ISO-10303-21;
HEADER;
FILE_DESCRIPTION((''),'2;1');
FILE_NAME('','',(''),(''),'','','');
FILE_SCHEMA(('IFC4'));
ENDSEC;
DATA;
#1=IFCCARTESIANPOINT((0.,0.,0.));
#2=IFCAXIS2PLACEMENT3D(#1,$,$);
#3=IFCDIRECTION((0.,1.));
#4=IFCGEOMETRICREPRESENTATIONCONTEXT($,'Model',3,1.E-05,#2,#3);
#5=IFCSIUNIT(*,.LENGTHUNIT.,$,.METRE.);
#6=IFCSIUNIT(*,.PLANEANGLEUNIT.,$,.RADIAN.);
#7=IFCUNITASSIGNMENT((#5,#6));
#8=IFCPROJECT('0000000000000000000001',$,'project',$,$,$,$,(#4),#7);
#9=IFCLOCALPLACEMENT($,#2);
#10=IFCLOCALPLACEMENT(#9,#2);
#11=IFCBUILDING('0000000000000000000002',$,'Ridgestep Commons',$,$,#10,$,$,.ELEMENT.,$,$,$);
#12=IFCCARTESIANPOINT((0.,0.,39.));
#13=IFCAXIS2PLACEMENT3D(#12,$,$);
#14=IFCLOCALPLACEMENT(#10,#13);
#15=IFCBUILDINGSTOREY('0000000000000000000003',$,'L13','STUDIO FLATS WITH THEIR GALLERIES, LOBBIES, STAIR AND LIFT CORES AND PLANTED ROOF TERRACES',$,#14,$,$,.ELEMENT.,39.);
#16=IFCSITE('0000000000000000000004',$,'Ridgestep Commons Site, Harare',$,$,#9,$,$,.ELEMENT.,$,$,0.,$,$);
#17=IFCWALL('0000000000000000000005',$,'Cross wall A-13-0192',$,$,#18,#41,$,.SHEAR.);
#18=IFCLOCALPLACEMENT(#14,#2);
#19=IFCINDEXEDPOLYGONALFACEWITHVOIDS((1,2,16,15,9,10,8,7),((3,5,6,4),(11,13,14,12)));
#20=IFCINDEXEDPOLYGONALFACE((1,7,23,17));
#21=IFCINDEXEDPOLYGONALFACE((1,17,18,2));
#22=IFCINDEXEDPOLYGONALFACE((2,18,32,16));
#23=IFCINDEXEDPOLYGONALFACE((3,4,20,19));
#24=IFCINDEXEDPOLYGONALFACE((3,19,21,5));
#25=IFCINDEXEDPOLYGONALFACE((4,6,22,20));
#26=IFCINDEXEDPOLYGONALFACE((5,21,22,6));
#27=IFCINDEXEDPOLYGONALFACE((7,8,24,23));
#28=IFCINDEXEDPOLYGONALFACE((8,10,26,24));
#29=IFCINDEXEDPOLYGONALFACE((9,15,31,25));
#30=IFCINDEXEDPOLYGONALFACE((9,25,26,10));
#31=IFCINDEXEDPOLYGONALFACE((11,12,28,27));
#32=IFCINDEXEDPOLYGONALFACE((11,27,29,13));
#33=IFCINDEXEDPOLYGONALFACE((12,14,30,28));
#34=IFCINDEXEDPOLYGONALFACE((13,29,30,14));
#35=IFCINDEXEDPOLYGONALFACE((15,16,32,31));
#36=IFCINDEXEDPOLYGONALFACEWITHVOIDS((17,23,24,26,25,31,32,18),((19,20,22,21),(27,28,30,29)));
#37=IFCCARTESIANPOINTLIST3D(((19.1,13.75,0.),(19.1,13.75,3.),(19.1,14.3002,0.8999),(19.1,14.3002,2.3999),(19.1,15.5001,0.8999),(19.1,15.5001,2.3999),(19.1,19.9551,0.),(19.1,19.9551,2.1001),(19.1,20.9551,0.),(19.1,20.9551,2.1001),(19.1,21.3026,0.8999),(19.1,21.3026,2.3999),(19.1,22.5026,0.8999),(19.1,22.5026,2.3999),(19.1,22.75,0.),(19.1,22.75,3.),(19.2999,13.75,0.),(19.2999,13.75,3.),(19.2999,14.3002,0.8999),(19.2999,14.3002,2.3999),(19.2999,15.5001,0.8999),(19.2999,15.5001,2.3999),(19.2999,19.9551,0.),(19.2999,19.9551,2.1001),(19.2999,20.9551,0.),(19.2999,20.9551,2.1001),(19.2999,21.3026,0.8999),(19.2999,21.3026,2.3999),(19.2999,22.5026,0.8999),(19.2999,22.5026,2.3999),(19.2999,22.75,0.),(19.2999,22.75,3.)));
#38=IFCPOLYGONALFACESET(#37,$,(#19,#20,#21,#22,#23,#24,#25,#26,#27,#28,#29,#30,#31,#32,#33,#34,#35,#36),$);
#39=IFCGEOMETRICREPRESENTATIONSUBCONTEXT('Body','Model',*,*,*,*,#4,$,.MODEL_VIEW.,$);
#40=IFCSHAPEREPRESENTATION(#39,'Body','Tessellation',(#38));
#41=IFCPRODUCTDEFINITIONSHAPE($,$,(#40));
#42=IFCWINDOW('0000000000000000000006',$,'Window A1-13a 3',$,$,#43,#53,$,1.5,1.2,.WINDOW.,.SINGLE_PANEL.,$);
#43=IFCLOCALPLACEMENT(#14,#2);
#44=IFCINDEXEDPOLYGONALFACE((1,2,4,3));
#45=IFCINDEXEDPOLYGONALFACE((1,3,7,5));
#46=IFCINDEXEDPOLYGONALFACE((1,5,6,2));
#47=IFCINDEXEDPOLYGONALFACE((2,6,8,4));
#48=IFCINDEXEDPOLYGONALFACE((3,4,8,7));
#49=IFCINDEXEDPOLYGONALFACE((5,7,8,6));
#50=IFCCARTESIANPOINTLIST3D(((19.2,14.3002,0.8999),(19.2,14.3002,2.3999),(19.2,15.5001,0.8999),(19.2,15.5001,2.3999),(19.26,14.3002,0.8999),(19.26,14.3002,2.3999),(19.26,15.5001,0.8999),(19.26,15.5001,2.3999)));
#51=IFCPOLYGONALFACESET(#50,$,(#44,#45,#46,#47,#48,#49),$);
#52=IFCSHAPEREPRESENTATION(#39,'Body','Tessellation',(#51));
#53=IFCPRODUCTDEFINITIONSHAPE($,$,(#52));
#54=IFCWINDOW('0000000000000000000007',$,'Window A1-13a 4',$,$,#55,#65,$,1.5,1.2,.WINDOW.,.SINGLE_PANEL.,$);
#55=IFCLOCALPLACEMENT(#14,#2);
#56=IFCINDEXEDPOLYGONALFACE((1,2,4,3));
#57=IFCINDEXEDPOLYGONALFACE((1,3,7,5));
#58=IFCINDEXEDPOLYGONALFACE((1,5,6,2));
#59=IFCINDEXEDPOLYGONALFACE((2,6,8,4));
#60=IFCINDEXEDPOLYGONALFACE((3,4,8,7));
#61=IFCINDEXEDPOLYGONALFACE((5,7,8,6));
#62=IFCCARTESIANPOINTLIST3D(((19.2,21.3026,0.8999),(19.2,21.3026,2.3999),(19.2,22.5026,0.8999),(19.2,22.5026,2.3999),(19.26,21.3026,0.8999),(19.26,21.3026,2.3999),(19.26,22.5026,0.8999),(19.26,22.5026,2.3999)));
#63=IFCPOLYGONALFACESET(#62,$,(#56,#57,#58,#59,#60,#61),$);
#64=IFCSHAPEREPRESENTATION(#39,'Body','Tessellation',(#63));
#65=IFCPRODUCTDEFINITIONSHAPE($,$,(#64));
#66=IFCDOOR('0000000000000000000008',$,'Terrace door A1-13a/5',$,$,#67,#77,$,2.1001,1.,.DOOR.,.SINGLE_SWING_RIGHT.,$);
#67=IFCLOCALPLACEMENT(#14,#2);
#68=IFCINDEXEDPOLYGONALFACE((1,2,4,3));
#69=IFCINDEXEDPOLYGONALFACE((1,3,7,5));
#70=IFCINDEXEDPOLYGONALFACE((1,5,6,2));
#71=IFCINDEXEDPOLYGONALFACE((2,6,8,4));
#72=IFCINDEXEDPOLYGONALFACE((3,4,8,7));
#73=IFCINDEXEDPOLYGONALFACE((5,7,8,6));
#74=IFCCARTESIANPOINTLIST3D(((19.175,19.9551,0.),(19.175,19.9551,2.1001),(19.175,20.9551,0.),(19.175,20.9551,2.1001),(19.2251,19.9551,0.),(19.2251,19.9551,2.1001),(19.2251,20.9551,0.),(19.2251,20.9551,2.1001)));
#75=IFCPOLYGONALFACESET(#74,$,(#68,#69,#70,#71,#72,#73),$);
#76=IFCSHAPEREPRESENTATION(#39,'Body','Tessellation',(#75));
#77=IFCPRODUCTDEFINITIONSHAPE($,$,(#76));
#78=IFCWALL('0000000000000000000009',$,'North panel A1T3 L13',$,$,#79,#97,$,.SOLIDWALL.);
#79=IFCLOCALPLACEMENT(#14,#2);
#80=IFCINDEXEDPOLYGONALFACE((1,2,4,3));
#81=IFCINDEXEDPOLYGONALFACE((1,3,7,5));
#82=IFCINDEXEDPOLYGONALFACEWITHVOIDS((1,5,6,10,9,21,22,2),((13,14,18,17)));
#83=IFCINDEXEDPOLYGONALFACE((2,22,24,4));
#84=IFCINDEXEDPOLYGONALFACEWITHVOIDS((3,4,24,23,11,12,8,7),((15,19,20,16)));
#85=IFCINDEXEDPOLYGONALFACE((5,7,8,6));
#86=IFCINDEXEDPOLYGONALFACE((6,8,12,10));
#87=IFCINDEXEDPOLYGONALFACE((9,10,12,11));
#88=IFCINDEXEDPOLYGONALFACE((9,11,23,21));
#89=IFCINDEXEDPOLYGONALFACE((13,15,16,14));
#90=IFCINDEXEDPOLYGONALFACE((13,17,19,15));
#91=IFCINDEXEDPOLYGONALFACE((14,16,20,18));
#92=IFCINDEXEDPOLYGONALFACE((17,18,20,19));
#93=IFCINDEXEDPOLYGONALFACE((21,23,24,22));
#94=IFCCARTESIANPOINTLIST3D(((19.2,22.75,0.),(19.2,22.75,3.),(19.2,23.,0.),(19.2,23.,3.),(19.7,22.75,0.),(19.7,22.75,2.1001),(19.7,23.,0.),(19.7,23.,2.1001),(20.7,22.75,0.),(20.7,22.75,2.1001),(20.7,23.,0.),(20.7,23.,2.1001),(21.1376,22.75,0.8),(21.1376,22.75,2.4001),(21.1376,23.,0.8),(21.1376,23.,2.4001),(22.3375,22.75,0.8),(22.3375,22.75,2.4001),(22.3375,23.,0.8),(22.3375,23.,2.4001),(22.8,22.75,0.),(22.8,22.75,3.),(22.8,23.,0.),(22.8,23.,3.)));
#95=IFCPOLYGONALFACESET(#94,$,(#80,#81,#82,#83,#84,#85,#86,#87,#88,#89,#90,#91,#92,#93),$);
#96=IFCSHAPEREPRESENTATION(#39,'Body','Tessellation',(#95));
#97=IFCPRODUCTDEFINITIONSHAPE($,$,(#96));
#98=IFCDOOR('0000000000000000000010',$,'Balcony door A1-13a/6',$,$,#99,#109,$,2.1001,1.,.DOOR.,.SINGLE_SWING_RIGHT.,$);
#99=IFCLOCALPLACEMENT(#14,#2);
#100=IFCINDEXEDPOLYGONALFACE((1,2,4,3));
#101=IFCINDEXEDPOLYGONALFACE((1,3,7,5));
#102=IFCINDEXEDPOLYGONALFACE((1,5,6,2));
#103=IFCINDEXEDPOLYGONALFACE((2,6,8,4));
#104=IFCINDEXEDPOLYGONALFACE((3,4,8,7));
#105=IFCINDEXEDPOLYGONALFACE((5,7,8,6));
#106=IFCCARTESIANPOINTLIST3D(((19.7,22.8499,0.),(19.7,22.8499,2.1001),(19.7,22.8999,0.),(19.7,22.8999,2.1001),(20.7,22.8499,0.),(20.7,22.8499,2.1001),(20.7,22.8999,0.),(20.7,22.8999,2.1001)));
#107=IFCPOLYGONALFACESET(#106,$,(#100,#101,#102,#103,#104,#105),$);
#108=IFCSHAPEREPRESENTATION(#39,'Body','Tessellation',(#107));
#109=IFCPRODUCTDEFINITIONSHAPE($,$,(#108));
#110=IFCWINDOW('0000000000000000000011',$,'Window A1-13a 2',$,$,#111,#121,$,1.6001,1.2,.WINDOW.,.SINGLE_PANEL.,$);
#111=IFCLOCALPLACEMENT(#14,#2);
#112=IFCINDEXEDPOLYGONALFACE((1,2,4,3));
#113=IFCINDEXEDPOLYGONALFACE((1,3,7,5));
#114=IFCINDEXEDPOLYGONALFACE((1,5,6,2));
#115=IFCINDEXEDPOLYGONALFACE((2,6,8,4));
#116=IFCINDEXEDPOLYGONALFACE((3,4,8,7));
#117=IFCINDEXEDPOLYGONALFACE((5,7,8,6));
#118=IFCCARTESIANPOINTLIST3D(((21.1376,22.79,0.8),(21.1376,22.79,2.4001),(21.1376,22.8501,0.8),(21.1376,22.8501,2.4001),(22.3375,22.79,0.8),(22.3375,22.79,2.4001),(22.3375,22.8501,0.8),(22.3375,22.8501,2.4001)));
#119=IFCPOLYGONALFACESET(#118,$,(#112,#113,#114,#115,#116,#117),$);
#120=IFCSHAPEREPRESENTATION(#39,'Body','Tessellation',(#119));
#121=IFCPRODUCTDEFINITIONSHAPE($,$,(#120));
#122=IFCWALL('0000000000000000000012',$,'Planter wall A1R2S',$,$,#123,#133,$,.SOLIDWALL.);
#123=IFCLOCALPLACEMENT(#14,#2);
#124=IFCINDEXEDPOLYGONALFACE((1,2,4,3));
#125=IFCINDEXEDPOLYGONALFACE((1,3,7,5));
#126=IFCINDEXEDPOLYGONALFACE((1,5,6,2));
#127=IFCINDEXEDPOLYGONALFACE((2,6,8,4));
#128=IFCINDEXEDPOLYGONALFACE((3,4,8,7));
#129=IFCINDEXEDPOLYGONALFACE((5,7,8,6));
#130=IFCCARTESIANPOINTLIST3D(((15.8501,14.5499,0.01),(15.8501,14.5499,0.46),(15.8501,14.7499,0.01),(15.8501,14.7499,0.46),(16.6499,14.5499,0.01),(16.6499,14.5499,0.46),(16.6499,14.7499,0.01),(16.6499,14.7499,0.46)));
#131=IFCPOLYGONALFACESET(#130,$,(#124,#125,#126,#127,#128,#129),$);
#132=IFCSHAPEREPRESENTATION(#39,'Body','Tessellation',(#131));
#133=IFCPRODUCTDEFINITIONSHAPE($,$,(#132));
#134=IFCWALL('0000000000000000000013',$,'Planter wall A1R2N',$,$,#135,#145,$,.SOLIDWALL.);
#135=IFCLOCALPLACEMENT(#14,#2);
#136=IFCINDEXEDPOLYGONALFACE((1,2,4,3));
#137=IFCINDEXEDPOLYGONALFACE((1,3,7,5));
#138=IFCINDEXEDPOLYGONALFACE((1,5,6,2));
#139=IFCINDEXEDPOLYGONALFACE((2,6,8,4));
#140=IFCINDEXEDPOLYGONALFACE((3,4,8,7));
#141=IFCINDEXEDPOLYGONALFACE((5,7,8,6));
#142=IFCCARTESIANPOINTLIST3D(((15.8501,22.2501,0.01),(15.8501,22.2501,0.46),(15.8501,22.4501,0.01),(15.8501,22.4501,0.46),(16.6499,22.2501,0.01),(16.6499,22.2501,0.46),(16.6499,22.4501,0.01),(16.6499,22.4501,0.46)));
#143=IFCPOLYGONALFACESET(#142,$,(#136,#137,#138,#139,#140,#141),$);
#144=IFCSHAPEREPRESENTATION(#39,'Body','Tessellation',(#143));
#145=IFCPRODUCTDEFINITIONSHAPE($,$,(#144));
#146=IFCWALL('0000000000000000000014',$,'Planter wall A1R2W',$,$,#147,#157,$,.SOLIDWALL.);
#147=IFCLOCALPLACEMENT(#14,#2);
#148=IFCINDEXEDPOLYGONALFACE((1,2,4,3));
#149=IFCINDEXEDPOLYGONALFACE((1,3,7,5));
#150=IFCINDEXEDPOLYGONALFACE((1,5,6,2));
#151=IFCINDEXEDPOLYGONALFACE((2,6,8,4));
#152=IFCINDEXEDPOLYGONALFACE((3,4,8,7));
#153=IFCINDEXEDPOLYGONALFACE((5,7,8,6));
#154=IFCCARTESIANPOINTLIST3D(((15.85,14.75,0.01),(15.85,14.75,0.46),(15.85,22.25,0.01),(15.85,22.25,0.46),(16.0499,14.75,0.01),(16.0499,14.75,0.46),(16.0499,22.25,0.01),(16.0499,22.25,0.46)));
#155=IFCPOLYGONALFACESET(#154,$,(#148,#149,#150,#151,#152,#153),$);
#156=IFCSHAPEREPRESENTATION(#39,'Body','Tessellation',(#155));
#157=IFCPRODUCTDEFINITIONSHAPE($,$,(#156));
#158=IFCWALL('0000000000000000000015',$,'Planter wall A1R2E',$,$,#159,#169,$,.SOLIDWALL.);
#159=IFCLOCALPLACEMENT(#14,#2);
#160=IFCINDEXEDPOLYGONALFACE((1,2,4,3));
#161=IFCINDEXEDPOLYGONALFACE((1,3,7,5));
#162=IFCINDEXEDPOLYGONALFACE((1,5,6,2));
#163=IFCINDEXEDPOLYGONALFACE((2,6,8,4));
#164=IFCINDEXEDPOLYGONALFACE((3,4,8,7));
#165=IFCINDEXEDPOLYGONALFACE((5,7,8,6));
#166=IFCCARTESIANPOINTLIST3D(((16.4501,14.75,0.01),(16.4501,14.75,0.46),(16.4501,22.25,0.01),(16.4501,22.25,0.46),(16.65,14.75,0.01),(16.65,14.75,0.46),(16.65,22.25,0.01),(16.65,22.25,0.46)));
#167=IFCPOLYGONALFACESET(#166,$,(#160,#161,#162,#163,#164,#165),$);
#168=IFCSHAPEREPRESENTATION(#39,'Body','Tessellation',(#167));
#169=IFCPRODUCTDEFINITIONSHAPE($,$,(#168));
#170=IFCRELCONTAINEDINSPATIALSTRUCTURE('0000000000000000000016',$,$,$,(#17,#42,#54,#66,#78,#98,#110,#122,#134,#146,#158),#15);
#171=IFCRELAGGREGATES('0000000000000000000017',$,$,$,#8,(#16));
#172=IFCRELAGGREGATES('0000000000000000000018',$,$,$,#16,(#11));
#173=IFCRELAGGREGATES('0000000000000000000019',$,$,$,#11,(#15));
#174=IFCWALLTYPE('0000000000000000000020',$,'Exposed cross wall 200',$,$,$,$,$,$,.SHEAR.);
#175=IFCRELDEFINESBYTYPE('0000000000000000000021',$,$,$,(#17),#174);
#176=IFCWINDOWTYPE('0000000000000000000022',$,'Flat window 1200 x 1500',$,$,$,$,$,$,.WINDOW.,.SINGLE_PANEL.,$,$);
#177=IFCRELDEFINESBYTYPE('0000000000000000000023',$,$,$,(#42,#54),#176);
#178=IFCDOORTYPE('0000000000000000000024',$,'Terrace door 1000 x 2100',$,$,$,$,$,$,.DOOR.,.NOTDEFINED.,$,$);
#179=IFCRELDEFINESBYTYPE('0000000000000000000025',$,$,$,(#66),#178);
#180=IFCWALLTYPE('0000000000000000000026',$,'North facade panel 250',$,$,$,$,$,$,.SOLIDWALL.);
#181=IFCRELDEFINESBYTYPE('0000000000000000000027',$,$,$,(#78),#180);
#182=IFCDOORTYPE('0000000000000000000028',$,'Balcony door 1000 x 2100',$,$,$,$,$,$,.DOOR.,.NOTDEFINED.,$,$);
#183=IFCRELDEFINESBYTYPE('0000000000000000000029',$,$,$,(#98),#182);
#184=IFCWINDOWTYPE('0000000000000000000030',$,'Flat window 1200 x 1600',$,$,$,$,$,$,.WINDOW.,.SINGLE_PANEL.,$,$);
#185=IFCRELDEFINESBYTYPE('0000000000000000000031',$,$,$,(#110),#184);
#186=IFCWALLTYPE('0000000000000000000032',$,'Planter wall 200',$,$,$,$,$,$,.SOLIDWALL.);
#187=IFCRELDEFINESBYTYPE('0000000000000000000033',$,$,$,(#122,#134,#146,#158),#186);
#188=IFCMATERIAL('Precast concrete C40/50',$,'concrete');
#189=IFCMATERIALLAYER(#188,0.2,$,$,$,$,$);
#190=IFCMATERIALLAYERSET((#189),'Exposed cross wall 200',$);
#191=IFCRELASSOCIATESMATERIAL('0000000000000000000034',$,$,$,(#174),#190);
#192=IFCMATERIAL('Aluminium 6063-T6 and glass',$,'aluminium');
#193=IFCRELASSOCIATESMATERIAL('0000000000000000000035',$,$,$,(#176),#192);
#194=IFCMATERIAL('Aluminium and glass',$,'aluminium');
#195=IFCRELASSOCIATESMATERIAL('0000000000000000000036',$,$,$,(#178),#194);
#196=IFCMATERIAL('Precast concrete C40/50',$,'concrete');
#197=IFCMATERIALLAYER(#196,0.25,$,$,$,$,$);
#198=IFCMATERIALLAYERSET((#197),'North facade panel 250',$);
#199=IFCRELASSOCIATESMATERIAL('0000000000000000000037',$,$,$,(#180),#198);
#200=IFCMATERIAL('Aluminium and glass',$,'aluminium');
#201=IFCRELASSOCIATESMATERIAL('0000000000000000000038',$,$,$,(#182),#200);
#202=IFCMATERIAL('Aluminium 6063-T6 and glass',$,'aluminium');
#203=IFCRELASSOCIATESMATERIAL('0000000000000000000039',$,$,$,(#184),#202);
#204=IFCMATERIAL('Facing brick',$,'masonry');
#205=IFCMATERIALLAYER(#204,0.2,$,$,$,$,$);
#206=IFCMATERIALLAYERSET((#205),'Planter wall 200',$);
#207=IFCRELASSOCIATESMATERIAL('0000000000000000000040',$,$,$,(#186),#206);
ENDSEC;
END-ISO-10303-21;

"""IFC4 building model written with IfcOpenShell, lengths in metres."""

from ifc_helpers import new_model, si_unit, direction, frame, frame_2d, origin, place, context, subcontext, project, spatial, rectangle, extrude, material, layer, layer_set, type_object, element, fill, save


model = new_model("IFC4")

# Units and contexts
model_context = context("Model", 3, precision=1e-05, world=origin(), true_north=direction((0.0, 1.0)))
body_context = subcontext(model_context, "Body", "Model", "MODEL_VIEW")
ifc_project = project(units=[si_unit("LENGTHUNIT", "METRE"), si_unit("PLANEANGLEUNIT", "RADIAN")], contexts=[model_context])

# Site, building, storey
site_placement = place(None, origin())
site = spatial("IfcSite", under=ifc_project, at=site_placement, Name="Ridgestep Commons Site, Harare", CompositionType="ELEMENT", RefElevation=0.0)
building_placement = place(site_placement, origin())
building = spatial("IfcBuilding", under=site, at=building_placement, Name="Ridgestep Commons", CompositionType="ELEMENT")
storey_placement = place(building_placement, frame((0.0, 0.0, 39.0)))
storey = spatial("IfcBuildingStorey", under=building, at=storey_placement, Name="L13", Description="STUDIO FLATS WITH THEIR GALLERIES, LOBBIES, STAIR AND LIFT CORES AND PLANTED ROOF TERRACES", CompositionType="ELEMENT", Elevation=39.0)

# Wall, openings, windows, door
ifc_material_1 = material(Name="Precast concrete C40/50", Category="concrete")
ifc_layer_1 = layer(ifc_material_1, 0.2)
ifc_layer_set_1 = layer_set([ifc_layer_1], Name="Exposed cross wall 200")
wall_type_1 = type_object("IfcWallType", Name="Exposed cross wall 200", PredefinedType="SHEAR", material=ifc_layer_set_1)
wall_1_placement = place(storey_placement, frame((19.2, 13.75, 0.0), z_axis=(0.0, 0.0, 1.0), x_axis=(0.0, 1.0, 0.0)))
wall_1 = element("IfcWall", 1, at=wall_1_placement, inside=storey, type_object=wall_type_1, Name="Cross wall A-13-0192", PredefinedType="SHEAR", context=body_context, shape_type="SweptSolid", body=[
    extrude(rectangle(XDim=9.0, YDim=0.2, at=frame_2d((4.5, 0.0))), origin(), (0.0, 0.0, 1.0), 3.0),
])
opening_1_placement = place(wall_1_placement, frame((0.55, 0.0, 0.8999)))
opening_1 = element("IfcOpeningElement", 2, at=opening_1_placement, cuts=wall_1, PredefinedType="OPENING", context=body_context, shape_type="SweptSolid", body=[
    extrude(rectangle(XDim=1.2, YDim=1.5, at=frame_2d((0.6001, 0.75))), frame((0.0, 0.1099, 0.0), z_axis=(0.0, -1.0, 0.0), x_axis=(1.0, 0.0, 0.0)), (0.0, 0.0, 1.0), 0.22),
])
opening_2_placement = place(wall_1_placement, frame((7.5525, 0.0, 0.8999)))
opening_2 = element("IfcOpeningElement", 3, at=opening_2_placement, cuts=wall_1, PredefinedType="OPENING", context=body_context, shape_type="SweptSolid", body=[
    extrude(rectangle(XDim=1.2, YDim=1.5, at=frame_2d((0.6001, 0.75))), frame((0.0, 0.1099, 0.0), z_axis=(0.0, -1.0, 0.0), x_axis=(1.0, 0.0, 0.0)), (0.0, 0.0, 1.0), 0.22),
])
opening_3_placement = place(wall_1_placement, frame((6.2051, 0.0, 0.0)))
opening_3 = element("IfcOpeningElement", 4, at=opening_3_placement, cuts=wall_1, PredefinedType="OPENING", context=body_context, shape_type="SweptSolid", body=[
    extrude(rectangle(XDim=1.0, YDim=2.1001, at=frame_2d((0.5, 1.05))), frame((0.0, 0.1099, 0.0), z_axis=(0.0, -1.0, 0.0), x_axis=(1.0, 0.0, 0.0)), (0.0, 0.0, 1.0), 0.22),
])
ifc_material_2 = material(Name="Aluminium 6063-T6 and glass", Category="aluminium")
window_type_1 = type_object("IfcWindowType", Name="Flat window 1200 x 1500", PartitioningType="SINGLE_PANEL", PredefinedType="WINDOW", material=ifc_material_2)
window_1_placement = place(opening_1_placement, origin())
window_1 = element("IfcWindow", 5, at=window_1_placement, inside=storey, type_object=window_type_1, Name="Window A1-13a 3", OverallHeight=1.5, OverallWidth=1.2, PartitioningType="SINGLE_PANEL", PredefinedType="WINDOW", context=body_context, shape_type="SweptSolid", body=[
    extrude(rectangle(XDim=1.2, YDim=1.5, at=frame_2d((0.6001, 0.75))), frame((0.0, 0.0, 0.0), z_axis=(0.0, -1.0, 0.0), x_axis=(1.0, 0.0, 0.0)), (0.0, 0.0, 1.0), 0.0601),
])
fill(opening_1, window_1)
window_2_placement = place(opening_2_placement, origin())
window_2 = element("IfcWindow", 6, at=window_2_placement, inside=storey, type_object=window_type_1, Name="Window A1-13a 4", OverallHeight=1.5, OverallWidth=1.2, PartitioningType="SINGLE_PANEL", PredefinedType="WINDOW", context=body_context, shape_type="SweptSolid", body=[
    extrude(rectangle(XDim=1.2, YDim=1.5, at=frame_2d((0.6001, 0.75))), frame((0.0, 0.0, 0.0), z_axis=(0.0, -1.0, 0.0), x_axis=(1.0, 0.0, 0.0)), (0.0, 0.0, 1.0), 0.0601),
])
fill(opening_2, window_2)
ifc_material_3 = material(Name="Aluminium and glass", Category="aluminium")
door_type_1 = type_object("IfcDoorType", Name="Terrace door 1000 x 2100", OperationType="NOTDEFINED", PredefinedType="DOOR", material=ifc_material_3)
door_1_placement = place(opening_3_placement, origin())
door_1 = element("IfcDoor", 7, at=door_1_placement, inside=storey, type_object=door_type_1, Name="Terrace door A1-13a/5", OperationType="SINGLE_SWING_RIGHT", OverallHeight=2.1001, OverallWidth=1.0, PredefinedType="DOOR", context=body_context, shape_type="SweptSolid", body=[
    extrude(rectangle(XDim=1.0, YDim=2.1001, at=frame_2d((0.5, 1.05))), frame((0.0, 0.0249, 0.0), z_axis=(0.0, -1.0, 0.0), x_axis=(1.0, 0.0, 0.0)), (0.0, 0.0, 1.0), 0.05),
])
fill(opening_3, door_1)

# Wall, openings, door, window
ifc_material_4 = material(Name="Precast concrete C40/50", Category="concrete")
ifc_layer_2 = layer(ifc_material_4, 0.25)
ifc_layer_set_2 = layer_set([ifc_layer_2], Name="North facade panel 250")
wall_type_2 = type_object("IfcWallType", Name="North facade panel 250", PredefinedType="SOLIDWALL", material=ifc_layer_set_2)
wall_2_placement = place(storey_placement, frame((19.2, 22.875, 0.0), z_axis=(0.0, 0.0, 1.0), x_axis=(1.0, 0.0, 0.0)))
wall_2 = element("IfcWall", 8, at=wall_2_placement, inside=storey, type_object=wall_type_2, Name="North panel A1T3 L13", PredefinedType="SOLIDWALL", context=body_context, shape_type="SweptSolid", body=[
    extrude(rectangle(XDim=3.6001, YDim=0.25, at=frame_2d((1.8, 0.0))), origin(), (0.0, 0.0, 1.0), 3.0),
])
opening_4_placement = place(wall_2_placement, frame((1.9375, 0.0, 0.8)))
opening_4 = element("IfcOpeningElement", 9, at=opening_4_placement, cuts=wall_2, PredefinedType="OPENING", context=body_context, shape_type="SweptSolid", body=[
    extrude(rectangle(XDim=1.2, YDim=1.6001, at=frame_2d((0.6001, 0.8))), frame((0.0, 0.135, 0.0), z_axis=(0.0, -1.0, 0.0), x_axis=(1.0, 0.0, 0.0)), (0.0, 0.0, 1.0), 0.27),
])
opening_5_placement = place(wall_2_placement, frame((0.5, 0.0, 0.0)))
opening_5 = element("IfcOpeningElement", 10, at=opening_5_placement, cuts=wall_2, PredefinedType="OPENING", context=body_context, shape_type="SweptSolid", body=[
    extrude(rectangle(XDim=1.0, YDim=2.1001, at=frame_2d((0.5, 1.05))), frame((0.0, 0.135, 0.0), z_axis=(0.0, -1.0, 0.0), x_axis=(1.0, 0.0, 0.0)), (0.0, 0.0, 1.0), 0.27),
])
ifc_material_5 = material(Name="Aluminium and glass", Category="aluminium")
door_type_2 = type_object("IfcDoorType", Name="Balcony door 1000 x 2100", OperationType="NOTDEFINED", PredefinedType="DOOR", material=ifc_material_5)
door_2_placement = place(opening_5_placement, origin())
door_2 = element("IfcDoor", 11, at=door_2_placement, inside=storey, type_object=door_type_2, Name="Balcony door A1-13a/6", OperationType="SINGLE_SWING_RIGHT", OverallHeight=2.1001, OverallWidth=1.0, PredefinedType="DOOR", context=body_context, shape_type="SweptSolid", body=[
    extrude(rectangle(XDim=1.0, YDim=2.1001, at=frame_2d((0.5, 1.05))), frame((0.0, 0.0249, 0.0), z_axis=(0.0, -1.0, 0.0), x_axis=(1.0, 0.0, 0.0)), (0.0, 0.0, 1.0), 0.05),
])
fill(opening_5, door_2)
ifc_material_6 = material(Name="Aluminium 6063-T6 and glass", Category="aluminium")
window_type_2 = type_object("IfcWindowType", Name="Flat window 1200 x 1600", PartitioningType="SINGLE_PANEL", PredefinedType="WINDOW", material=ifc_material_6)
window_3_placement = place(opening_4_placement, origin())
window_3 = element("IfcWindow", 12, at=window_3_placement, inside=storey, type_object=window_type_2, Name="Window A1-13a 2", OverallHeight=1.6001, OverallWidth=1.2, PartitioningType="SINGLE_PANEL", PredefinedType="WINDOW", context=body_context, shape_type="SweptSolid", body=[
    extrude(rectangle(XDim=1.2, YDim=1.6001, at=frame_2d((0.6001, 0.8))), frame((0.0, -0.0249, 0.0), z_axis=(0.0, -1.0, 0.0), x_axis=(1.0, 0.0, 0.0)), (0.0, 0.0, 1.0), 0.0601),
])
fill(opening_4, window_3)

# Walls
ifc_material_7 = material(Name="Facing brick", Category="masonry")
ifc_layer_3 = layer(ifc_material_7, 0.2)
ifc_layer_set_3 = layer_set([ifc_layer_3], Name="Planter wall 200")
wall_type_3 = type_object("IfcWallType", Name="Planter wall 200", PredefinedType="SOLIDWALL", material=ifc_layer_set_3)
for number, where, z_axis, x_axis, name in (
    (13, (15.8501, 14.6499, 0.01), (0.0, 0.0, 1.0), (1.0, 0.0, 0.0), "Planter wall A1R2S"),
    (14, (15.8501, 22.3501, 0.01), (0.0, 0.0, 1.0), (1.0, 0.0, 0.0), "Planter wall A1R2N"),
):
    element("IfcWall", number, at=place(storey_placement, frame(where, z_axis=z_axis, x_axis=x_axis)), inside=storey, type_object=wall_type_3, Name=name, PredefinedType="SOLIDWALL", context=body_context, shape_type="SweptSolid", body=[
        extrude(rectangle(XDim=0.7998, YDim=0.2, at=frame_2d((0.3999, 0.0))), origin(), (0.0, 0.0, 1.0), 0.45),
    ])
for number, where, z_axis, x_axis, name in (
    (15, (15.95, 14.75, 0.01), (0.0, 0.0, 1.0), (0.0, 1.0, 0.0), "Planter wall A1R2W"),
    (16, (16.55, 14.75, 0.01), (0.0, 0.0, 1.0), (0.0, 1.0, 0.0), "Planter wall A1R2E"),
):
    element("IfcWall", number, at=place(storey_placement, frame(where, z_axis=z_axis, x_axis=x_axis)), inside=storey, type_object=wall_type_3, Name=name, PredefinedType="SOLIDWALL", context=body_context, shape_type="SweptSolid", body=[
        extrude(rectangle(XDim=7.5, YDim=0.2, at=frame_2d((3.75, 0.0))), origin(), (0.0, 0.0, 1.0), 0.45),
    ])

save(model, "model.ifc")
